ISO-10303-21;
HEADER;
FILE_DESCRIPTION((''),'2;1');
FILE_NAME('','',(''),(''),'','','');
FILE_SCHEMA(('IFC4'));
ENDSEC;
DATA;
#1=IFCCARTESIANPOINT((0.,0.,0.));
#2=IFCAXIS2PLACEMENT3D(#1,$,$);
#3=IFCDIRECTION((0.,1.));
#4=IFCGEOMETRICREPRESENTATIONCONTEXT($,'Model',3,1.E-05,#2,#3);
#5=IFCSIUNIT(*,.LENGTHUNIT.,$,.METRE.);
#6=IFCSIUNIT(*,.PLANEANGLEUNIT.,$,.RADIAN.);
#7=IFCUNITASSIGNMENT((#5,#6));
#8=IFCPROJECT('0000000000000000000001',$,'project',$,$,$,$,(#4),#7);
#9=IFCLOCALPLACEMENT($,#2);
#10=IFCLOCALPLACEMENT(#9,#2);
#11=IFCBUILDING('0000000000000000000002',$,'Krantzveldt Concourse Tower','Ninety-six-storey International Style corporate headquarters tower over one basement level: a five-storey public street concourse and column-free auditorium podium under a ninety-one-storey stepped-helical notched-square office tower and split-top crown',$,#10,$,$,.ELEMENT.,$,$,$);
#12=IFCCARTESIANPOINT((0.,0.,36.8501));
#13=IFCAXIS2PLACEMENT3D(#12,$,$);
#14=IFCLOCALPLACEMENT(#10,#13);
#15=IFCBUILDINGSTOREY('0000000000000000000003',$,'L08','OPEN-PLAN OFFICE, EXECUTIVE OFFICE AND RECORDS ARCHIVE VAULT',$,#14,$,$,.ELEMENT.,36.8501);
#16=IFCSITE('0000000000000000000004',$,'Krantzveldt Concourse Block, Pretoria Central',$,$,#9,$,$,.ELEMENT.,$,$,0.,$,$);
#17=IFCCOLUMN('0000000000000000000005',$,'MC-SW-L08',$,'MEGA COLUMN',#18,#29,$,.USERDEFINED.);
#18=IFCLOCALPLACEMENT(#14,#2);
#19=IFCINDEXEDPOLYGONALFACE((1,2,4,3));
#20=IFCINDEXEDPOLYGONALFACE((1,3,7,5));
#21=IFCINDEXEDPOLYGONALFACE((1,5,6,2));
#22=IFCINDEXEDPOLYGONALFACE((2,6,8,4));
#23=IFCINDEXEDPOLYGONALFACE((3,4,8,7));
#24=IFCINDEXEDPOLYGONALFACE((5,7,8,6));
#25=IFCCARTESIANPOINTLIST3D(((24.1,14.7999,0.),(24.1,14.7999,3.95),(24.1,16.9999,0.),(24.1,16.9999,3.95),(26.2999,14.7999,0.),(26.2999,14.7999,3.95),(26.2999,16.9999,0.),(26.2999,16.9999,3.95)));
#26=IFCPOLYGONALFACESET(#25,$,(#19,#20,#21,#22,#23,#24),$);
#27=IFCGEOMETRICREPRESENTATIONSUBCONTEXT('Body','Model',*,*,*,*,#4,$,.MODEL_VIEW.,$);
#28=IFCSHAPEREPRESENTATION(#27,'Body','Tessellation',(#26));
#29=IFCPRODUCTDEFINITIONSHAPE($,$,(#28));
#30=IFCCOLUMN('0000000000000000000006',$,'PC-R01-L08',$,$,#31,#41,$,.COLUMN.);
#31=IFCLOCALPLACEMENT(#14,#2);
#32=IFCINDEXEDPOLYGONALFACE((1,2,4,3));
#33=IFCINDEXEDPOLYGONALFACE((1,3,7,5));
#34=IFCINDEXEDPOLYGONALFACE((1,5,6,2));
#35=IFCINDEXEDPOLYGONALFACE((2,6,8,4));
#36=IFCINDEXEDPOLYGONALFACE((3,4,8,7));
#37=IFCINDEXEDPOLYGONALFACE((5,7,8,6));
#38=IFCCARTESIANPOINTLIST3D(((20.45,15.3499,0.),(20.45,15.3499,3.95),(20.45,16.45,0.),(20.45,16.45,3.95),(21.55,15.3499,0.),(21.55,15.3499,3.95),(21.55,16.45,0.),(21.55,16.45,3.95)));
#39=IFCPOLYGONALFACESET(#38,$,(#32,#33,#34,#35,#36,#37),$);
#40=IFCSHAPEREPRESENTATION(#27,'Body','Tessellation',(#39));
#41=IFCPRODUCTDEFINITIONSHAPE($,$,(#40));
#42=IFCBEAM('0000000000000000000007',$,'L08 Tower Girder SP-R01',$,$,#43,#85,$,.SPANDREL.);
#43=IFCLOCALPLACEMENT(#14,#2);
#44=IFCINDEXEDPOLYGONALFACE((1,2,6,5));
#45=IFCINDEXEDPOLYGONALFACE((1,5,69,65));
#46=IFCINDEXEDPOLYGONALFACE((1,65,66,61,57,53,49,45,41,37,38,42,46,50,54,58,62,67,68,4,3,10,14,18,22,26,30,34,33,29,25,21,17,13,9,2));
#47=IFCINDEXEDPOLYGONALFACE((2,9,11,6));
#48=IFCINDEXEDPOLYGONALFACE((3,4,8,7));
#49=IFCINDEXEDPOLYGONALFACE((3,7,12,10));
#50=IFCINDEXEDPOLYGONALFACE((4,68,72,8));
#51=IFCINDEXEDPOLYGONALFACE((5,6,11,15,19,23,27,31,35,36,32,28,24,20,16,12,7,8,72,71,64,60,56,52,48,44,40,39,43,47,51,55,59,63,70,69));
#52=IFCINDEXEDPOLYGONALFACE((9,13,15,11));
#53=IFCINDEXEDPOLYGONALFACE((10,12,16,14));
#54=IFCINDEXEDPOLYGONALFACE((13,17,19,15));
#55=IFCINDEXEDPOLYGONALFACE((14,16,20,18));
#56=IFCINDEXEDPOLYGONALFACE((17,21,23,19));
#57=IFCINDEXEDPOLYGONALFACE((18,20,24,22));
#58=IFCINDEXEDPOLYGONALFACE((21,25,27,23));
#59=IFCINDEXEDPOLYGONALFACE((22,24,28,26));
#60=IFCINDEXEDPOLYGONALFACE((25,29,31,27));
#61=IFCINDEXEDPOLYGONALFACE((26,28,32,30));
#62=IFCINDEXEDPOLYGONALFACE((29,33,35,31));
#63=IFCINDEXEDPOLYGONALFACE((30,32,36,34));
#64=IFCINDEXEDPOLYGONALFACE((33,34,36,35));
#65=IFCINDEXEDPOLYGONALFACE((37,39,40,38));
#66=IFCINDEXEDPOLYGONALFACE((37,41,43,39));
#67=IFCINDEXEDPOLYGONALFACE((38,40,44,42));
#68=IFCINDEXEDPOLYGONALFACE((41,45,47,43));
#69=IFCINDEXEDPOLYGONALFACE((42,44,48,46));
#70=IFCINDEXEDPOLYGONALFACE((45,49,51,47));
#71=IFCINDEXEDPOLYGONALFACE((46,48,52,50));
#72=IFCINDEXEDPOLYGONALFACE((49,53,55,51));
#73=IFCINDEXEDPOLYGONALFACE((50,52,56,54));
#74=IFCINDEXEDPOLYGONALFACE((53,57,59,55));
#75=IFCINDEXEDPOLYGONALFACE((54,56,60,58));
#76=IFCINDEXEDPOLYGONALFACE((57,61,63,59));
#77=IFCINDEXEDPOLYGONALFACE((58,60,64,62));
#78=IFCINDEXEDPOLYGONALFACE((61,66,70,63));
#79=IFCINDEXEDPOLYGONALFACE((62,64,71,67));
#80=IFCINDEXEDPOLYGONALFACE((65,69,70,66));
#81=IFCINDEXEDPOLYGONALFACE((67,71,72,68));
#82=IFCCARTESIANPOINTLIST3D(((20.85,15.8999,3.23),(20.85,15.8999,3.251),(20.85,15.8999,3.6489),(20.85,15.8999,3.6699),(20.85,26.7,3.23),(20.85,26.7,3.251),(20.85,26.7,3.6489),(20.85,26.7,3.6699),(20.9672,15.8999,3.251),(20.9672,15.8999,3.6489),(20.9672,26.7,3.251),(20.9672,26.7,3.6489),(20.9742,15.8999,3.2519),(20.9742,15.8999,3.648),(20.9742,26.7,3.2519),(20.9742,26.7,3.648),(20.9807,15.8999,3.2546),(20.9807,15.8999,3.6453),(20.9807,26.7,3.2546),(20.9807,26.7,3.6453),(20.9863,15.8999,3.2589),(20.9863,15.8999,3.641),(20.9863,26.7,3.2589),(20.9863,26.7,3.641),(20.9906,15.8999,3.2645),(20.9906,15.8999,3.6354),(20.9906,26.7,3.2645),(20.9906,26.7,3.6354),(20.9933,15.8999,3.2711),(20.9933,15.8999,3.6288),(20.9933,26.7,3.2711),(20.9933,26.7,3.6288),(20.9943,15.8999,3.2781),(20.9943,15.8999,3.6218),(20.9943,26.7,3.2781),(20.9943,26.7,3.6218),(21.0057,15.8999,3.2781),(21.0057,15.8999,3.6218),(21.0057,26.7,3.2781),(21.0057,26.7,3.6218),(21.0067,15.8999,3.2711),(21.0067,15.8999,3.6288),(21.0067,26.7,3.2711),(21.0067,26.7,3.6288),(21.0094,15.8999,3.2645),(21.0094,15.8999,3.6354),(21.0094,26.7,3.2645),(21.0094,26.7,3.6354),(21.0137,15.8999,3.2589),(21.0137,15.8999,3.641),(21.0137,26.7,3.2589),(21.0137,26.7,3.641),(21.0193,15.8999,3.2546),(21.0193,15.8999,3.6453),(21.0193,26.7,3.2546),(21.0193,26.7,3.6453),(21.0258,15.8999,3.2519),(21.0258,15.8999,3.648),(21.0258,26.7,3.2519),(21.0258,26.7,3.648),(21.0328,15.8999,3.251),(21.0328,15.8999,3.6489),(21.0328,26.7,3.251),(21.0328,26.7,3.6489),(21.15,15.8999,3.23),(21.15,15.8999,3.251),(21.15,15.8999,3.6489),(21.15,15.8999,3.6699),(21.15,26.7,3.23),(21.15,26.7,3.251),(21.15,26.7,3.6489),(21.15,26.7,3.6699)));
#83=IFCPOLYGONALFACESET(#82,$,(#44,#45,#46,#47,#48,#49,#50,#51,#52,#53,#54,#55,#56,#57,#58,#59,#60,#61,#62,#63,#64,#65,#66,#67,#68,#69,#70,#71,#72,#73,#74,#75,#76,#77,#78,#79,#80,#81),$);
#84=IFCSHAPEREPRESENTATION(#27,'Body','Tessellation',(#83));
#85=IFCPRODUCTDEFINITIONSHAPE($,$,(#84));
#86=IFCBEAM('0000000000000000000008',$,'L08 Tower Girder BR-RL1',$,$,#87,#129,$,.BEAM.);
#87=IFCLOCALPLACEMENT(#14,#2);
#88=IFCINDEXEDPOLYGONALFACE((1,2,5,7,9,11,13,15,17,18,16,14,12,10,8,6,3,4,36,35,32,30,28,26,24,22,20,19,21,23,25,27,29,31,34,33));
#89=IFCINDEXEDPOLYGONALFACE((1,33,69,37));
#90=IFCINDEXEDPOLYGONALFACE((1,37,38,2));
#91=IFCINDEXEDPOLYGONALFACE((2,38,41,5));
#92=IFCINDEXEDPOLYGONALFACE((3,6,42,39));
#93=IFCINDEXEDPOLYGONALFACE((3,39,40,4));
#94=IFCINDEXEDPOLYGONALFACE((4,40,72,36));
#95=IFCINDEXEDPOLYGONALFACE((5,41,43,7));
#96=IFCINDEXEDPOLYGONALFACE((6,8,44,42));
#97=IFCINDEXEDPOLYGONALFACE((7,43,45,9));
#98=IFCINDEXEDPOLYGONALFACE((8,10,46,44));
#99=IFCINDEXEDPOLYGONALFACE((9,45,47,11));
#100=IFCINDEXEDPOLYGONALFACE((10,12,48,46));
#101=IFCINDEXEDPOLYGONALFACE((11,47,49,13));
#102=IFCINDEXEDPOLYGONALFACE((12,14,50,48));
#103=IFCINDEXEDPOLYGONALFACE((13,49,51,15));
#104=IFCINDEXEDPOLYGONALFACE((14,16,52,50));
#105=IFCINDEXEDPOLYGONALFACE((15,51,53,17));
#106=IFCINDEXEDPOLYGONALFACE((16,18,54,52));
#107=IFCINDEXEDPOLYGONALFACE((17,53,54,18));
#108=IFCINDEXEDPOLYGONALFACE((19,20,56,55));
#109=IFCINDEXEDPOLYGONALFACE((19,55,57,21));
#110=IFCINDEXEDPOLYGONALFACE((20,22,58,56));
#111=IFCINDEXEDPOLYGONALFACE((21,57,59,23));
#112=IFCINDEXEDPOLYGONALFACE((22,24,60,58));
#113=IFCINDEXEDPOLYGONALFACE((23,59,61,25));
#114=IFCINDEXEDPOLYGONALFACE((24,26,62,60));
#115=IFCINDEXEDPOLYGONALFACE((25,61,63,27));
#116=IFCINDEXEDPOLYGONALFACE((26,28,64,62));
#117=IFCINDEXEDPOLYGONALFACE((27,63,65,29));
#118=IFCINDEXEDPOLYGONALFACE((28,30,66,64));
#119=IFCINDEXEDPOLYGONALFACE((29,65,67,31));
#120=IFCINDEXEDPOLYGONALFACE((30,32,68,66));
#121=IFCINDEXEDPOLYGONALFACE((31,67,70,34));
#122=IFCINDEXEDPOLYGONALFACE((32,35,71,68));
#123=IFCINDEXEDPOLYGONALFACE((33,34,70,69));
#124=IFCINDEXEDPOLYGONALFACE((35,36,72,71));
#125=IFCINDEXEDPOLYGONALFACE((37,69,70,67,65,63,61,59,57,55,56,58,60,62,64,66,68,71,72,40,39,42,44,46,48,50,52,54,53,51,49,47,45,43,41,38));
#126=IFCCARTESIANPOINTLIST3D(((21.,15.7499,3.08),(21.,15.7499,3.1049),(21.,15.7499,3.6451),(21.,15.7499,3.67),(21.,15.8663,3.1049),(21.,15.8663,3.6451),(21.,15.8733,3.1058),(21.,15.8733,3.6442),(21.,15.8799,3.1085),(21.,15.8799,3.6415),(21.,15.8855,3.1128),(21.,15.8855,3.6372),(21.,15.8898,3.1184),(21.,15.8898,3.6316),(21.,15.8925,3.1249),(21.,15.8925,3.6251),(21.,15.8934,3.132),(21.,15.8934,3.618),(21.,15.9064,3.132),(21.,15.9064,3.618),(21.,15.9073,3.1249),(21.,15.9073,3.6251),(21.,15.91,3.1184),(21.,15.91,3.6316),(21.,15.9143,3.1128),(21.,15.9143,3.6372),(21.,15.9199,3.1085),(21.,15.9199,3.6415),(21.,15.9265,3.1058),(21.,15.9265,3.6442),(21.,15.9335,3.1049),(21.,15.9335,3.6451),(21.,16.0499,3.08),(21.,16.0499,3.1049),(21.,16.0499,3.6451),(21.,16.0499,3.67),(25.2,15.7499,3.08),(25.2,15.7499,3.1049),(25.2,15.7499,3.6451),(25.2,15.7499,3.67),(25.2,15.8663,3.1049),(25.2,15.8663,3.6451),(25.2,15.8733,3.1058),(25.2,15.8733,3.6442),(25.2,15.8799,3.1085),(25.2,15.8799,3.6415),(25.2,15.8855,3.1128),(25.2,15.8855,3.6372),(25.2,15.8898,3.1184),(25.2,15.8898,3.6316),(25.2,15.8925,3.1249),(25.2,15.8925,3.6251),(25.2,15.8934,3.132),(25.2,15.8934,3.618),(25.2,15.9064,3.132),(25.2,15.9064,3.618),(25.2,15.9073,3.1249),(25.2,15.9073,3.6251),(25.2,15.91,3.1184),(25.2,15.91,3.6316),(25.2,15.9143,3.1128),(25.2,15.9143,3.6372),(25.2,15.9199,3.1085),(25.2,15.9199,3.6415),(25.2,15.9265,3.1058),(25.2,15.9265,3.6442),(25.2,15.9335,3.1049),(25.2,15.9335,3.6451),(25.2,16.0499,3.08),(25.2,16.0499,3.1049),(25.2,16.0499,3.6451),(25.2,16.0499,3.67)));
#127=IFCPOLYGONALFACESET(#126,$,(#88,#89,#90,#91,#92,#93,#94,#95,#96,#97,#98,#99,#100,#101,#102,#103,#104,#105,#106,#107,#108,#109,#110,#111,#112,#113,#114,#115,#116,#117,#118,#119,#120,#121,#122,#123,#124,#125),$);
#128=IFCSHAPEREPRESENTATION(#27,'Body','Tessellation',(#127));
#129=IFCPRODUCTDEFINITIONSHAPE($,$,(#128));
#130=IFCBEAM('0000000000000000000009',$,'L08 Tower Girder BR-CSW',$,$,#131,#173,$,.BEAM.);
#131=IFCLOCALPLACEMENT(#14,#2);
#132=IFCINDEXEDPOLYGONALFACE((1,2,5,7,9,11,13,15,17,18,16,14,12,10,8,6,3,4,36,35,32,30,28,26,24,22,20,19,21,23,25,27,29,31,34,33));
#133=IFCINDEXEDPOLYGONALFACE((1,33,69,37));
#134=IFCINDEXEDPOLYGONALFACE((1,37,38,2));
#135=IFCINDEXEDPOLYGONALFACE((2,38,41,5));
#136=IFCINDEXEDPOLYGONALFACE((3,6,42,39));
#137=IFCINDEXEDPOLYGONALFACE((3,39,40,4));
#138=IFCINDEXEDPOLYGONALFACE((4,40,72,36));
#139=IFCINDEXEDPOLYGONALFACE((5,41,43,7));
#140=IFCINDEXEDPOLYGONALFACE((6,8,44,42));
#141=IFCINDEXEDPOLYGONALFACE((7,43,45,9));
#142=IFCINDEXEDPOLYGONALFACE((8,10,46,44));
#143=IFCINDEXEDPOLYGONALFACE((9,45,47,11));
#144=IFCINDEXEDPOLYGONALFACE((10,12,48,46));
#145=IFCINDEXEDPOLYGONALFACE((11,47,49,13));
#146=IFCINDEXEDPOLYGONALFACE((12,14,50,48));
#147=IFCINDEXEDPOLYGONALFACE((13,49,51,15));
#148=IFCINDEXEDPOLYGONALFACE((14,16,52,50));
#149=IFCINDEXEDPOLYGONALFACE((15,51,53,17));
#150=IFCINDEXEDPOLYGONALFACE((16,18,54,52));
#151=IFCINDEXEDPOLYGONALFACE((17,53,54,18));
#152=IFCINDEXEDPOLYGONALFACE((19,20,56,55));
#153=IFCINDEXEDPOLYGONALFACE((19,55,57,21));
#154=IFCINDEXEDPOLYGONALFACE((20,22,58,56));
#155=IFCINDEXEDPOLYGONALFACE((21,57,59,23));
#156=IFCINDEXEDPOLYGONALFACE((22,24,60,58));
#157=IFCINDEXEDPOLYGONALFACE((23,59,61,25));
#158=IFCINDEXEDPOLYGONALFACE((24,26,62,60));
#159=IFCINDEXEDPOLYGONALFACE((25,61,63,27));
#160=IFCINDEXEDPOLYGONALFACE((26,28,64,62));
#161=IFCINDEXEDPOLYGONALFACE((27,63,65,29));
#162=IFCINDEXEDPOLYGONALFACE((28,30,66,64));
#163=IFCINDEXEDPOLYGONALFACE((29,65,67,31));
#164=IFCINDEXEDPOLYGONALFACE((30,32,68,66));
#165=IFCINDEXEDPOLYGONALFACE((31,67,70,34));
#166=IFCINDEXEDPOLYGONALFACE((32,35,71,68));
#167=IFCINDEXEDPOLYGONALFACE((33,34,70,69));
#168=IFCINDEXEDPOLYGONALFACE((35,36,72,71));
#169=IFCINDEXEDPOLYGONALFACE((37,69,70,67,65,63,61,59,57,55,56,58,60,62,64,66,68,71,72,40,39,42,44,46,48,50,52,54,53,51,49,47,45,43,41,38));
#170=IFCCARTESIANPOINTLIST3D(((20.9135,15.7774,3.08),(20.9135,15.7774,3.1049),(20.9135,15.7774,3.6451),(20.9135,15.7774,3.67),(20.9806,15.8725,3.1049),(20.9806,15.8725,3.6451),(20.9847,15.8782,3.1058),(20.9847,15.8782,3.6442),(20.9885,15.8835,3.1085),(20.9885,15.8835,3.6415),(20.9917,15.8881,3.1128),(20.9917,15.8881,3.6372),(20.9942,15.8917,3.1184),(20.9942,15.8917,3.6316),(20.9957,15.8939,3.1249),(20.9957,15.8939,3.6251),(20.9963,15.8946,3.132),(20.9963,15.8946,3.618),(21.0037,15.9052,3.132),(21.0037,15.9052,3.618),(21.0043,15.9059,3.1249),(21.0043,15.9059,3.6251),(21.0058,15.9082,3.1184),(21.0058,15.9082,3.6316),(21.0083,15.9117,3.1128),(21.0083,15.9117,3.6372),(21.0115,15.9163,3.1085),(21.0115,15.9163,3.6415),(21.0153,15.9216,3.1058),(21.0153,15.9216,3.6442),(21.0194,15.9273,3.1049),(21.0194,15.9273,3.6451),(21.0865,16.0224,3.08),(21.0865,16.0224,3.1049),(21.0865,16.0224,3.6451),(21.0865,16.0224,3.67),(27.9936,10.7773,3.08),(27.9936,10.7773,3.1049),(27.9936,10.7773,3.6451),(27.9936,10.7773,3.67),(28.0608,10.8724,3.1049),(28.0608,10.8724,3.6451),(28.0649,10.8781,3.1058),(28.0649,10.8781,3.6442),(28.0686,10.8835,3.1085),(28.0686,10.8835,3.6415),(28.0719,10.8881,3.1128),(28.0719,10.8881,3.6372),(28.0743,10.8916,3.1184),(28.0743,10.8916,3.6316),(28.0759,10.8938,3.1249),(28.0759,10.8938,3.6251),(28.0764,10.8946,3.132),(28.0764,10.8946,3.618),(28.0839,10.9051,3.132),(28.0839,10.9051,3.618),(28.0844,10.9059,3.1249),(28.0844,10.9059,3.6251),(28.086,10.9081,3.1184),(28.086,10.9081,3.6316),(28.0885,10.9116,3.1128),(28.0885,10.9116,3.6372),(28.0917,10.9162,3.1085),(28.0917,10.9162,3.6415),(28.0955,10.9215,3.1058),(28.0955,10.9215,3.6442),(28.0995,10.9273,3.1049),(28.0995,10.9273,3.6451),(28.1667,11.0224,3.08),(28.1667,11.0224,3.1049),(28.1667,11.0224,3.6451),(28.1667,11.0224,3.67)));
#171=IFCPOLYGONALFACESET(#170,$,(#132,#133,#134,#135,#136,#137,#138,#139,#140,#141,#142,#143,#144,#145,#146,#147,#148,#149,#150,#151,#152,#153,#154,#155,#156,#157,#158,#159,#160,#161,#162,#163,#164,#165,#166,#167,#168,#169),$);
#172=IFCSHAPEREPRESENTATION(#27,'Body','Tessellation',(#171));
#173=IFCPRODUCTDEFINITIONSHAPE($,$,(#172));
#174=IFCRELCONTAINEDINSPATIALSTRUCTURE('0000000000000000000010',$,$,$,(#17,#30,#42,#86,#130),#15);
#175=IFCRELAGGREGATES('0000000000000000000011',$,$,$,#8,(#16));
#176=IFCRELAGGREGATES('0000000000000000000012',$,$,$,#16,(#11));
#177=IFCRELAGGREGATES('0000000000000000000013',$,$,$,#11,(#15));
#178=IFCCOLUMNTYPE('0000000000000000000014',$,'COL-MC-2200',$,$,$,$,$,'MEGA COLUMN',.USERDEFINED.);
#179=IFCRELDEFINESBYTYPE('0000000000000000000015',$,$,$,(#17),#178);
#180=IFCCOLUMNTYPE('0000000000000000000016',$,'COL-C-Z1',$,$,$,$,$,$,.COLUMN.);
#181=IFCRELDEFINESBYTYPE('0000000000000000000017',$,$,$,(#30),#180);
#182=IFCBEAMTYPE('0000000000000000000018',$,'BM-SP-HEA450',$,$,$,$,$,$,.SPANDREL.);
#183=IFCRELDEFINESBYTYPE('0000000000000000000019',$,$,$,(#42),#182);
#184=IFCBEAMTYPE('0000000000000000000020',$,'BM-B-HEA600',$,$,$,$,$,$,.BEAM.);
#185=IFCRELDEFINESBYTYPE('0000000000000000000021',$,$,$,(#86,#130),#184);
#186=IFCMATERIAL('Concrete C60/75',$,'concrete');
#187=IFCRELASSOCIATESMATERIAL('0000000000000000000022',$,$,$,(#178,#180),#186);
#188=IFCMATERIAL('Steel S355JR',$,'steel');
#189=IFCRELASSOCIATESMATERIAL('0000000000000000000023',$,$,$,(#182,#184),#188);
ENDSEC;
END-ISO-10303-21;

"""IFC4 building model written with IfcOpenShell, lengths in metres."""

from ifc_helpers import new_model, si_unit, direction, frame, origin, origin_2d, place, context, subcontext, project, spatial, rectangle, i_section, extrude, source, transform, mapped, material, material_profile, profile_set, type_object, type_shapes, element, save


model = new_model("IFC4")

# Units and contexts
model_context = context("Model", 3, precision=1e-05, world=origin(), true_north=direction((0.0, 1.0)))
body_context = subcontext(model_context, "Body", "Model", "MODEL_VIEW")
ifc_project = project(units=[si_unit("LENGTHUNIT", "METRE"), si_unit("PLANEANGLEUNIT", "RADIAN")], contexts=[model_context])

# Site, building, storey
site_placement = place(None, origin())
site = spatial("IfcSite", under=ifc_project, at=site_placement, Name="Krantzveldt Concourse Block, Pretoria Central", CompositionType="ELEMENT", RefElevation=0.0)
building_placement = place(site_placement, origin())
building = spatial("IfcBuilding", under=site, at=building_placement, Name="Krantzveldt Concourse Tower", Description="Ninety-six-storey International Style corporate headquarters tower over one basement level: a five-storey public street concourse and column-free auditorium podium under a ninety-one-storey stepped-helical notched-square office tower and split-top crown", CompositionType="ELEMENT")
storey_placement = place(building_placement, frame((0.0, 0.0, 36.8501)))
storey = spatial("IfcBuildingStorey", under=building, at=storey_placement, Name="L08", Description="OPEN-PLAN OFFICE, EXECUTIVE OFFICE AND RECORDS ARCHIVE VAULT", CompositionType="ELEMENT", Elevation=36.8501)

# Columns
ifc_material_1 = material(Name="Concrete C60/75", Category="concrete")
ifc_material_profile_1 = material_profile(ifc_material_1, rectangle(XDim=2.2, YDim=2.2, at=origin_2d()), Name="Concrete C60/75", Category="concrete")
ifc_profile_set_1 = profile_set([ifc_material_profile_1], Name="Concrete C60/75 - RC 2200x2200")
column_type_1 = type_object("IfcColumnType", Name="COL-MC-2200", ElementType="MEGA COLUMN", PredefinedType="USERDEFINED", material=ifc_profile_set_1)
shared_shape_1 = source(origin(), body_context, "Body", "SweptSolid", [
    extrude(rectangle(XDim=2.2, YDim=2.2, at=origin_2d()), origin(), (0.0, 0.0, 1.0), 3.95),
])
type_shapes(column_type_1, [shared_shape_1])
column_1_placement = place(storey_placement, frame((25.2, 15.8999, 0.0), z_axis=(0.0, 0.0, 1.0), x_axis=(1.0, 0.0, 0.0)))
element("IfcColumn", 1, at=column_1_placement, inside=storey, type_object=column_type_1, Name="MC-SW-L08", ObjectType="MEGA COLUMN", PredefinedType="USERDEFINED", context=body_context, shape_type="MappedRepresentation", body=[
    mapped(shared_shape_1, transform((0.0, 0.0, 0.0), x_axis=(1.0, 0.0, 0.0), y_axis=(0.0, 1.0, 0.0), z_axis=(0.0, 0.0, 1.0), scale=1.0)),
])
ifc_material_profile_2 = material_profile(ifc_material_1, rectangle(XDim=1.1001, YDim=1.1001, at=origin_2d()), Name="Concrete C60/75", Category="concrete")
ifc_profile_set_2 = profile_set([ifc_material_profile_2], Name="Concrete C60/75 - RC 1100x1100")
column_type_2 = type_object("IfcColumnType", Name="COL-C-Z1", PredefinedType="COLUMN", material=ifc_profile_set_2)
shared_shape_2 = source(origin(), body_context, "Body", "SweptSolid", [
    extrude(rectangle(XDim=1.1001, YDim=1.1001, at=origin_2d()), origin(), (0.0, 0.0, 1.0), 3.95),
])
type_shapes(column_type_2, [shared_shape_2])
column_2_placement = place(storey_placement, frame((21.0, 15.8999, 0.0), z_axis=(0.0, 0.0, 1.0), x_axis=(1.0, 0.0, 0.0)))
element("IfcColumn", 2, at=column_2_placement, inside=storey, type_object=column_type_2, Name="PC-R01-L08", PredefinedType="COLUMN", context=body_context, shape_type="MappedRepresentation", body=[
    mapped(shared_shape_2, transform((0.0, 0.0, 0.0), x_axis=(1.0, 0.0, 0.0), y_axis=(0.0, 1.0, 0.0), z_axis=(0.0, 0.0, 1.0), scale=1.0)),
])

# Beams
ifc_material_2 = material(Name="Steel S355JR", Category="steel")
ifc_material_profile_3 = material_profile(ifc_material_2, i_section(OverallWidth=0.3, OverallDepth=0.4399, WebThickness=0.0115, FlangeThickness=0.021, FilletRadius=0.0271, at=origin_2d()), Name="Steel S355JR", Category="steel")
ifc_profile_set_3 = profile_set([ifc_material_profile_3], Name="Steel S355JR - HEA 450")
beam_type_1 = type_object("IfcBeamType", Name="BM-SP-HEA450", PredefinedType="SPANDREL", material=ifc_profile_set_3)
shared_shape_3 = source(origin(), body_context, "Body", "SweptSolid", [
    extrude(i_section(OverallWidth=0.3, OverallDepth=0.4399, WebThickness=0.0115, FlangeThickness=0.021, FilletRadius=0.0271, at=origin_2d()), origin(), (0.0, 0.0, 1.0), 10.8),
])
type_shapes(beam_type_1, [shared_shape_3])
beam_1_placement = place(storey_placement, frame((21.0, 15.8999, 3.45), z_axis=(0.0, 1.0, 0.0), x_axis=(-1.0, 0.0, 0.0)))
element("IfcBeam", 3, at=beam_1_placement, inside=storey, type_object=beam_type_1, Name="L08 Tower Girder SP-R01", PredefinedType="SPANDREL", context=body_context, shape_type="MappedRepresentation", body=[
    mapped(shared_shape_3, transform((0.0, 0.0, 0.0), x_axis=(1.0, 0.0, 0.0), y_axis=(0.0, 1.0, 0.0), z_axis=(0.0, 0.0, 1.0), scale=1.0)),
])
ifc_material_profile_4 = material_profile(ifc_material_2, i_section(OverallWidth=0.3, OverallDepth=0.5901, WebThickness=0.0129, FlangeThickness=0.0249, FilletRadius=0.0271, at=origin_2d()), Name="Steel S355JR", Category="steel")
ifc_profile_set_4 = profile_set([ifc_material_profile_4], Name="Steel S355JR - HEA 600")
beam_type_2 = type_object("IfcBeamType", Name="BM-B-HEA600", PredefinedType="BEAM", material=ifc_profile_set_4)
shared_shape_4 = source(origin(), body_context, "Body", "SweptSolid", [
    extrude(i_section(OverallWidth=0.3, OverallDepth=0.5901, WebThickness=0.0129, FlangeThickness=0.0249, FilletRadius=0.0271, at=origin_2d()), origin(), (0.0, 0.0, 1.0), 4.2),
])
beam_2_placement = place(storey_placement, frame((21.0, 15.8999, 3.375), z_axis=(1.0, 0.0, 0.0), x_axis=(0.0, 1.0, 0.0)))
element("IfcBeam", 4, at=beam_2_placement, inside=storey, type_object=beam_type_2, Name="L08 Tower Girder BR-RL1", PredefinedType="BEAM", context=body_context, shape_type="MappedRepresentation", body=[
    mapped(shared_shape_4, transform((0.0, 0.0, 0.0), x_axis=(1.0, 0.0, 0.0), y_axis=(0.0, 1.0, 0.0), z_axis=(0.0, 0.0, 1.0), scale=1.0)),
])
shared_shape_5 = source(origin(), body_context, "Body", "SweptSolid", [
    extrude(i_section(OverallWidth=0.3, OverallDepth=0.5901, WebThickness=0.0129, FlangeThickness=0.0249, FilletRadius=0.0271, at=origin_2d()), origin(), (0.0, 0.0, 1.0), 8.6677),
])
type_shapes(beam_type_2, [shared_shape_4, shared_shape_5])
beam_3_placement = place(storey_placement, frame((21.0, 15.8999, 3.375), z_axis=(0.816843, -0.57686, 0.0), x_axis=(0.57686, 0.816843, 0.0)))
element("IfcBeam", 5, at=beam_3_placement, inside=storey, type_object=beam_type_2, Name="L08 Tower Girder BR-CSW", PredefinedType="BEAM", context=body_context, shape_type="MappedRepresentation", body=[
    mapped(shared_shape_5, transform((0.0, 0.0, 0.0), x_axis=(1.0, 0.0, 0.0), y_axis=(0.0, 1.0, 0.0), z_axis=(0.0, 0.0, 1.0), scale=1.0)),
])

save(model, "model.ifc")
